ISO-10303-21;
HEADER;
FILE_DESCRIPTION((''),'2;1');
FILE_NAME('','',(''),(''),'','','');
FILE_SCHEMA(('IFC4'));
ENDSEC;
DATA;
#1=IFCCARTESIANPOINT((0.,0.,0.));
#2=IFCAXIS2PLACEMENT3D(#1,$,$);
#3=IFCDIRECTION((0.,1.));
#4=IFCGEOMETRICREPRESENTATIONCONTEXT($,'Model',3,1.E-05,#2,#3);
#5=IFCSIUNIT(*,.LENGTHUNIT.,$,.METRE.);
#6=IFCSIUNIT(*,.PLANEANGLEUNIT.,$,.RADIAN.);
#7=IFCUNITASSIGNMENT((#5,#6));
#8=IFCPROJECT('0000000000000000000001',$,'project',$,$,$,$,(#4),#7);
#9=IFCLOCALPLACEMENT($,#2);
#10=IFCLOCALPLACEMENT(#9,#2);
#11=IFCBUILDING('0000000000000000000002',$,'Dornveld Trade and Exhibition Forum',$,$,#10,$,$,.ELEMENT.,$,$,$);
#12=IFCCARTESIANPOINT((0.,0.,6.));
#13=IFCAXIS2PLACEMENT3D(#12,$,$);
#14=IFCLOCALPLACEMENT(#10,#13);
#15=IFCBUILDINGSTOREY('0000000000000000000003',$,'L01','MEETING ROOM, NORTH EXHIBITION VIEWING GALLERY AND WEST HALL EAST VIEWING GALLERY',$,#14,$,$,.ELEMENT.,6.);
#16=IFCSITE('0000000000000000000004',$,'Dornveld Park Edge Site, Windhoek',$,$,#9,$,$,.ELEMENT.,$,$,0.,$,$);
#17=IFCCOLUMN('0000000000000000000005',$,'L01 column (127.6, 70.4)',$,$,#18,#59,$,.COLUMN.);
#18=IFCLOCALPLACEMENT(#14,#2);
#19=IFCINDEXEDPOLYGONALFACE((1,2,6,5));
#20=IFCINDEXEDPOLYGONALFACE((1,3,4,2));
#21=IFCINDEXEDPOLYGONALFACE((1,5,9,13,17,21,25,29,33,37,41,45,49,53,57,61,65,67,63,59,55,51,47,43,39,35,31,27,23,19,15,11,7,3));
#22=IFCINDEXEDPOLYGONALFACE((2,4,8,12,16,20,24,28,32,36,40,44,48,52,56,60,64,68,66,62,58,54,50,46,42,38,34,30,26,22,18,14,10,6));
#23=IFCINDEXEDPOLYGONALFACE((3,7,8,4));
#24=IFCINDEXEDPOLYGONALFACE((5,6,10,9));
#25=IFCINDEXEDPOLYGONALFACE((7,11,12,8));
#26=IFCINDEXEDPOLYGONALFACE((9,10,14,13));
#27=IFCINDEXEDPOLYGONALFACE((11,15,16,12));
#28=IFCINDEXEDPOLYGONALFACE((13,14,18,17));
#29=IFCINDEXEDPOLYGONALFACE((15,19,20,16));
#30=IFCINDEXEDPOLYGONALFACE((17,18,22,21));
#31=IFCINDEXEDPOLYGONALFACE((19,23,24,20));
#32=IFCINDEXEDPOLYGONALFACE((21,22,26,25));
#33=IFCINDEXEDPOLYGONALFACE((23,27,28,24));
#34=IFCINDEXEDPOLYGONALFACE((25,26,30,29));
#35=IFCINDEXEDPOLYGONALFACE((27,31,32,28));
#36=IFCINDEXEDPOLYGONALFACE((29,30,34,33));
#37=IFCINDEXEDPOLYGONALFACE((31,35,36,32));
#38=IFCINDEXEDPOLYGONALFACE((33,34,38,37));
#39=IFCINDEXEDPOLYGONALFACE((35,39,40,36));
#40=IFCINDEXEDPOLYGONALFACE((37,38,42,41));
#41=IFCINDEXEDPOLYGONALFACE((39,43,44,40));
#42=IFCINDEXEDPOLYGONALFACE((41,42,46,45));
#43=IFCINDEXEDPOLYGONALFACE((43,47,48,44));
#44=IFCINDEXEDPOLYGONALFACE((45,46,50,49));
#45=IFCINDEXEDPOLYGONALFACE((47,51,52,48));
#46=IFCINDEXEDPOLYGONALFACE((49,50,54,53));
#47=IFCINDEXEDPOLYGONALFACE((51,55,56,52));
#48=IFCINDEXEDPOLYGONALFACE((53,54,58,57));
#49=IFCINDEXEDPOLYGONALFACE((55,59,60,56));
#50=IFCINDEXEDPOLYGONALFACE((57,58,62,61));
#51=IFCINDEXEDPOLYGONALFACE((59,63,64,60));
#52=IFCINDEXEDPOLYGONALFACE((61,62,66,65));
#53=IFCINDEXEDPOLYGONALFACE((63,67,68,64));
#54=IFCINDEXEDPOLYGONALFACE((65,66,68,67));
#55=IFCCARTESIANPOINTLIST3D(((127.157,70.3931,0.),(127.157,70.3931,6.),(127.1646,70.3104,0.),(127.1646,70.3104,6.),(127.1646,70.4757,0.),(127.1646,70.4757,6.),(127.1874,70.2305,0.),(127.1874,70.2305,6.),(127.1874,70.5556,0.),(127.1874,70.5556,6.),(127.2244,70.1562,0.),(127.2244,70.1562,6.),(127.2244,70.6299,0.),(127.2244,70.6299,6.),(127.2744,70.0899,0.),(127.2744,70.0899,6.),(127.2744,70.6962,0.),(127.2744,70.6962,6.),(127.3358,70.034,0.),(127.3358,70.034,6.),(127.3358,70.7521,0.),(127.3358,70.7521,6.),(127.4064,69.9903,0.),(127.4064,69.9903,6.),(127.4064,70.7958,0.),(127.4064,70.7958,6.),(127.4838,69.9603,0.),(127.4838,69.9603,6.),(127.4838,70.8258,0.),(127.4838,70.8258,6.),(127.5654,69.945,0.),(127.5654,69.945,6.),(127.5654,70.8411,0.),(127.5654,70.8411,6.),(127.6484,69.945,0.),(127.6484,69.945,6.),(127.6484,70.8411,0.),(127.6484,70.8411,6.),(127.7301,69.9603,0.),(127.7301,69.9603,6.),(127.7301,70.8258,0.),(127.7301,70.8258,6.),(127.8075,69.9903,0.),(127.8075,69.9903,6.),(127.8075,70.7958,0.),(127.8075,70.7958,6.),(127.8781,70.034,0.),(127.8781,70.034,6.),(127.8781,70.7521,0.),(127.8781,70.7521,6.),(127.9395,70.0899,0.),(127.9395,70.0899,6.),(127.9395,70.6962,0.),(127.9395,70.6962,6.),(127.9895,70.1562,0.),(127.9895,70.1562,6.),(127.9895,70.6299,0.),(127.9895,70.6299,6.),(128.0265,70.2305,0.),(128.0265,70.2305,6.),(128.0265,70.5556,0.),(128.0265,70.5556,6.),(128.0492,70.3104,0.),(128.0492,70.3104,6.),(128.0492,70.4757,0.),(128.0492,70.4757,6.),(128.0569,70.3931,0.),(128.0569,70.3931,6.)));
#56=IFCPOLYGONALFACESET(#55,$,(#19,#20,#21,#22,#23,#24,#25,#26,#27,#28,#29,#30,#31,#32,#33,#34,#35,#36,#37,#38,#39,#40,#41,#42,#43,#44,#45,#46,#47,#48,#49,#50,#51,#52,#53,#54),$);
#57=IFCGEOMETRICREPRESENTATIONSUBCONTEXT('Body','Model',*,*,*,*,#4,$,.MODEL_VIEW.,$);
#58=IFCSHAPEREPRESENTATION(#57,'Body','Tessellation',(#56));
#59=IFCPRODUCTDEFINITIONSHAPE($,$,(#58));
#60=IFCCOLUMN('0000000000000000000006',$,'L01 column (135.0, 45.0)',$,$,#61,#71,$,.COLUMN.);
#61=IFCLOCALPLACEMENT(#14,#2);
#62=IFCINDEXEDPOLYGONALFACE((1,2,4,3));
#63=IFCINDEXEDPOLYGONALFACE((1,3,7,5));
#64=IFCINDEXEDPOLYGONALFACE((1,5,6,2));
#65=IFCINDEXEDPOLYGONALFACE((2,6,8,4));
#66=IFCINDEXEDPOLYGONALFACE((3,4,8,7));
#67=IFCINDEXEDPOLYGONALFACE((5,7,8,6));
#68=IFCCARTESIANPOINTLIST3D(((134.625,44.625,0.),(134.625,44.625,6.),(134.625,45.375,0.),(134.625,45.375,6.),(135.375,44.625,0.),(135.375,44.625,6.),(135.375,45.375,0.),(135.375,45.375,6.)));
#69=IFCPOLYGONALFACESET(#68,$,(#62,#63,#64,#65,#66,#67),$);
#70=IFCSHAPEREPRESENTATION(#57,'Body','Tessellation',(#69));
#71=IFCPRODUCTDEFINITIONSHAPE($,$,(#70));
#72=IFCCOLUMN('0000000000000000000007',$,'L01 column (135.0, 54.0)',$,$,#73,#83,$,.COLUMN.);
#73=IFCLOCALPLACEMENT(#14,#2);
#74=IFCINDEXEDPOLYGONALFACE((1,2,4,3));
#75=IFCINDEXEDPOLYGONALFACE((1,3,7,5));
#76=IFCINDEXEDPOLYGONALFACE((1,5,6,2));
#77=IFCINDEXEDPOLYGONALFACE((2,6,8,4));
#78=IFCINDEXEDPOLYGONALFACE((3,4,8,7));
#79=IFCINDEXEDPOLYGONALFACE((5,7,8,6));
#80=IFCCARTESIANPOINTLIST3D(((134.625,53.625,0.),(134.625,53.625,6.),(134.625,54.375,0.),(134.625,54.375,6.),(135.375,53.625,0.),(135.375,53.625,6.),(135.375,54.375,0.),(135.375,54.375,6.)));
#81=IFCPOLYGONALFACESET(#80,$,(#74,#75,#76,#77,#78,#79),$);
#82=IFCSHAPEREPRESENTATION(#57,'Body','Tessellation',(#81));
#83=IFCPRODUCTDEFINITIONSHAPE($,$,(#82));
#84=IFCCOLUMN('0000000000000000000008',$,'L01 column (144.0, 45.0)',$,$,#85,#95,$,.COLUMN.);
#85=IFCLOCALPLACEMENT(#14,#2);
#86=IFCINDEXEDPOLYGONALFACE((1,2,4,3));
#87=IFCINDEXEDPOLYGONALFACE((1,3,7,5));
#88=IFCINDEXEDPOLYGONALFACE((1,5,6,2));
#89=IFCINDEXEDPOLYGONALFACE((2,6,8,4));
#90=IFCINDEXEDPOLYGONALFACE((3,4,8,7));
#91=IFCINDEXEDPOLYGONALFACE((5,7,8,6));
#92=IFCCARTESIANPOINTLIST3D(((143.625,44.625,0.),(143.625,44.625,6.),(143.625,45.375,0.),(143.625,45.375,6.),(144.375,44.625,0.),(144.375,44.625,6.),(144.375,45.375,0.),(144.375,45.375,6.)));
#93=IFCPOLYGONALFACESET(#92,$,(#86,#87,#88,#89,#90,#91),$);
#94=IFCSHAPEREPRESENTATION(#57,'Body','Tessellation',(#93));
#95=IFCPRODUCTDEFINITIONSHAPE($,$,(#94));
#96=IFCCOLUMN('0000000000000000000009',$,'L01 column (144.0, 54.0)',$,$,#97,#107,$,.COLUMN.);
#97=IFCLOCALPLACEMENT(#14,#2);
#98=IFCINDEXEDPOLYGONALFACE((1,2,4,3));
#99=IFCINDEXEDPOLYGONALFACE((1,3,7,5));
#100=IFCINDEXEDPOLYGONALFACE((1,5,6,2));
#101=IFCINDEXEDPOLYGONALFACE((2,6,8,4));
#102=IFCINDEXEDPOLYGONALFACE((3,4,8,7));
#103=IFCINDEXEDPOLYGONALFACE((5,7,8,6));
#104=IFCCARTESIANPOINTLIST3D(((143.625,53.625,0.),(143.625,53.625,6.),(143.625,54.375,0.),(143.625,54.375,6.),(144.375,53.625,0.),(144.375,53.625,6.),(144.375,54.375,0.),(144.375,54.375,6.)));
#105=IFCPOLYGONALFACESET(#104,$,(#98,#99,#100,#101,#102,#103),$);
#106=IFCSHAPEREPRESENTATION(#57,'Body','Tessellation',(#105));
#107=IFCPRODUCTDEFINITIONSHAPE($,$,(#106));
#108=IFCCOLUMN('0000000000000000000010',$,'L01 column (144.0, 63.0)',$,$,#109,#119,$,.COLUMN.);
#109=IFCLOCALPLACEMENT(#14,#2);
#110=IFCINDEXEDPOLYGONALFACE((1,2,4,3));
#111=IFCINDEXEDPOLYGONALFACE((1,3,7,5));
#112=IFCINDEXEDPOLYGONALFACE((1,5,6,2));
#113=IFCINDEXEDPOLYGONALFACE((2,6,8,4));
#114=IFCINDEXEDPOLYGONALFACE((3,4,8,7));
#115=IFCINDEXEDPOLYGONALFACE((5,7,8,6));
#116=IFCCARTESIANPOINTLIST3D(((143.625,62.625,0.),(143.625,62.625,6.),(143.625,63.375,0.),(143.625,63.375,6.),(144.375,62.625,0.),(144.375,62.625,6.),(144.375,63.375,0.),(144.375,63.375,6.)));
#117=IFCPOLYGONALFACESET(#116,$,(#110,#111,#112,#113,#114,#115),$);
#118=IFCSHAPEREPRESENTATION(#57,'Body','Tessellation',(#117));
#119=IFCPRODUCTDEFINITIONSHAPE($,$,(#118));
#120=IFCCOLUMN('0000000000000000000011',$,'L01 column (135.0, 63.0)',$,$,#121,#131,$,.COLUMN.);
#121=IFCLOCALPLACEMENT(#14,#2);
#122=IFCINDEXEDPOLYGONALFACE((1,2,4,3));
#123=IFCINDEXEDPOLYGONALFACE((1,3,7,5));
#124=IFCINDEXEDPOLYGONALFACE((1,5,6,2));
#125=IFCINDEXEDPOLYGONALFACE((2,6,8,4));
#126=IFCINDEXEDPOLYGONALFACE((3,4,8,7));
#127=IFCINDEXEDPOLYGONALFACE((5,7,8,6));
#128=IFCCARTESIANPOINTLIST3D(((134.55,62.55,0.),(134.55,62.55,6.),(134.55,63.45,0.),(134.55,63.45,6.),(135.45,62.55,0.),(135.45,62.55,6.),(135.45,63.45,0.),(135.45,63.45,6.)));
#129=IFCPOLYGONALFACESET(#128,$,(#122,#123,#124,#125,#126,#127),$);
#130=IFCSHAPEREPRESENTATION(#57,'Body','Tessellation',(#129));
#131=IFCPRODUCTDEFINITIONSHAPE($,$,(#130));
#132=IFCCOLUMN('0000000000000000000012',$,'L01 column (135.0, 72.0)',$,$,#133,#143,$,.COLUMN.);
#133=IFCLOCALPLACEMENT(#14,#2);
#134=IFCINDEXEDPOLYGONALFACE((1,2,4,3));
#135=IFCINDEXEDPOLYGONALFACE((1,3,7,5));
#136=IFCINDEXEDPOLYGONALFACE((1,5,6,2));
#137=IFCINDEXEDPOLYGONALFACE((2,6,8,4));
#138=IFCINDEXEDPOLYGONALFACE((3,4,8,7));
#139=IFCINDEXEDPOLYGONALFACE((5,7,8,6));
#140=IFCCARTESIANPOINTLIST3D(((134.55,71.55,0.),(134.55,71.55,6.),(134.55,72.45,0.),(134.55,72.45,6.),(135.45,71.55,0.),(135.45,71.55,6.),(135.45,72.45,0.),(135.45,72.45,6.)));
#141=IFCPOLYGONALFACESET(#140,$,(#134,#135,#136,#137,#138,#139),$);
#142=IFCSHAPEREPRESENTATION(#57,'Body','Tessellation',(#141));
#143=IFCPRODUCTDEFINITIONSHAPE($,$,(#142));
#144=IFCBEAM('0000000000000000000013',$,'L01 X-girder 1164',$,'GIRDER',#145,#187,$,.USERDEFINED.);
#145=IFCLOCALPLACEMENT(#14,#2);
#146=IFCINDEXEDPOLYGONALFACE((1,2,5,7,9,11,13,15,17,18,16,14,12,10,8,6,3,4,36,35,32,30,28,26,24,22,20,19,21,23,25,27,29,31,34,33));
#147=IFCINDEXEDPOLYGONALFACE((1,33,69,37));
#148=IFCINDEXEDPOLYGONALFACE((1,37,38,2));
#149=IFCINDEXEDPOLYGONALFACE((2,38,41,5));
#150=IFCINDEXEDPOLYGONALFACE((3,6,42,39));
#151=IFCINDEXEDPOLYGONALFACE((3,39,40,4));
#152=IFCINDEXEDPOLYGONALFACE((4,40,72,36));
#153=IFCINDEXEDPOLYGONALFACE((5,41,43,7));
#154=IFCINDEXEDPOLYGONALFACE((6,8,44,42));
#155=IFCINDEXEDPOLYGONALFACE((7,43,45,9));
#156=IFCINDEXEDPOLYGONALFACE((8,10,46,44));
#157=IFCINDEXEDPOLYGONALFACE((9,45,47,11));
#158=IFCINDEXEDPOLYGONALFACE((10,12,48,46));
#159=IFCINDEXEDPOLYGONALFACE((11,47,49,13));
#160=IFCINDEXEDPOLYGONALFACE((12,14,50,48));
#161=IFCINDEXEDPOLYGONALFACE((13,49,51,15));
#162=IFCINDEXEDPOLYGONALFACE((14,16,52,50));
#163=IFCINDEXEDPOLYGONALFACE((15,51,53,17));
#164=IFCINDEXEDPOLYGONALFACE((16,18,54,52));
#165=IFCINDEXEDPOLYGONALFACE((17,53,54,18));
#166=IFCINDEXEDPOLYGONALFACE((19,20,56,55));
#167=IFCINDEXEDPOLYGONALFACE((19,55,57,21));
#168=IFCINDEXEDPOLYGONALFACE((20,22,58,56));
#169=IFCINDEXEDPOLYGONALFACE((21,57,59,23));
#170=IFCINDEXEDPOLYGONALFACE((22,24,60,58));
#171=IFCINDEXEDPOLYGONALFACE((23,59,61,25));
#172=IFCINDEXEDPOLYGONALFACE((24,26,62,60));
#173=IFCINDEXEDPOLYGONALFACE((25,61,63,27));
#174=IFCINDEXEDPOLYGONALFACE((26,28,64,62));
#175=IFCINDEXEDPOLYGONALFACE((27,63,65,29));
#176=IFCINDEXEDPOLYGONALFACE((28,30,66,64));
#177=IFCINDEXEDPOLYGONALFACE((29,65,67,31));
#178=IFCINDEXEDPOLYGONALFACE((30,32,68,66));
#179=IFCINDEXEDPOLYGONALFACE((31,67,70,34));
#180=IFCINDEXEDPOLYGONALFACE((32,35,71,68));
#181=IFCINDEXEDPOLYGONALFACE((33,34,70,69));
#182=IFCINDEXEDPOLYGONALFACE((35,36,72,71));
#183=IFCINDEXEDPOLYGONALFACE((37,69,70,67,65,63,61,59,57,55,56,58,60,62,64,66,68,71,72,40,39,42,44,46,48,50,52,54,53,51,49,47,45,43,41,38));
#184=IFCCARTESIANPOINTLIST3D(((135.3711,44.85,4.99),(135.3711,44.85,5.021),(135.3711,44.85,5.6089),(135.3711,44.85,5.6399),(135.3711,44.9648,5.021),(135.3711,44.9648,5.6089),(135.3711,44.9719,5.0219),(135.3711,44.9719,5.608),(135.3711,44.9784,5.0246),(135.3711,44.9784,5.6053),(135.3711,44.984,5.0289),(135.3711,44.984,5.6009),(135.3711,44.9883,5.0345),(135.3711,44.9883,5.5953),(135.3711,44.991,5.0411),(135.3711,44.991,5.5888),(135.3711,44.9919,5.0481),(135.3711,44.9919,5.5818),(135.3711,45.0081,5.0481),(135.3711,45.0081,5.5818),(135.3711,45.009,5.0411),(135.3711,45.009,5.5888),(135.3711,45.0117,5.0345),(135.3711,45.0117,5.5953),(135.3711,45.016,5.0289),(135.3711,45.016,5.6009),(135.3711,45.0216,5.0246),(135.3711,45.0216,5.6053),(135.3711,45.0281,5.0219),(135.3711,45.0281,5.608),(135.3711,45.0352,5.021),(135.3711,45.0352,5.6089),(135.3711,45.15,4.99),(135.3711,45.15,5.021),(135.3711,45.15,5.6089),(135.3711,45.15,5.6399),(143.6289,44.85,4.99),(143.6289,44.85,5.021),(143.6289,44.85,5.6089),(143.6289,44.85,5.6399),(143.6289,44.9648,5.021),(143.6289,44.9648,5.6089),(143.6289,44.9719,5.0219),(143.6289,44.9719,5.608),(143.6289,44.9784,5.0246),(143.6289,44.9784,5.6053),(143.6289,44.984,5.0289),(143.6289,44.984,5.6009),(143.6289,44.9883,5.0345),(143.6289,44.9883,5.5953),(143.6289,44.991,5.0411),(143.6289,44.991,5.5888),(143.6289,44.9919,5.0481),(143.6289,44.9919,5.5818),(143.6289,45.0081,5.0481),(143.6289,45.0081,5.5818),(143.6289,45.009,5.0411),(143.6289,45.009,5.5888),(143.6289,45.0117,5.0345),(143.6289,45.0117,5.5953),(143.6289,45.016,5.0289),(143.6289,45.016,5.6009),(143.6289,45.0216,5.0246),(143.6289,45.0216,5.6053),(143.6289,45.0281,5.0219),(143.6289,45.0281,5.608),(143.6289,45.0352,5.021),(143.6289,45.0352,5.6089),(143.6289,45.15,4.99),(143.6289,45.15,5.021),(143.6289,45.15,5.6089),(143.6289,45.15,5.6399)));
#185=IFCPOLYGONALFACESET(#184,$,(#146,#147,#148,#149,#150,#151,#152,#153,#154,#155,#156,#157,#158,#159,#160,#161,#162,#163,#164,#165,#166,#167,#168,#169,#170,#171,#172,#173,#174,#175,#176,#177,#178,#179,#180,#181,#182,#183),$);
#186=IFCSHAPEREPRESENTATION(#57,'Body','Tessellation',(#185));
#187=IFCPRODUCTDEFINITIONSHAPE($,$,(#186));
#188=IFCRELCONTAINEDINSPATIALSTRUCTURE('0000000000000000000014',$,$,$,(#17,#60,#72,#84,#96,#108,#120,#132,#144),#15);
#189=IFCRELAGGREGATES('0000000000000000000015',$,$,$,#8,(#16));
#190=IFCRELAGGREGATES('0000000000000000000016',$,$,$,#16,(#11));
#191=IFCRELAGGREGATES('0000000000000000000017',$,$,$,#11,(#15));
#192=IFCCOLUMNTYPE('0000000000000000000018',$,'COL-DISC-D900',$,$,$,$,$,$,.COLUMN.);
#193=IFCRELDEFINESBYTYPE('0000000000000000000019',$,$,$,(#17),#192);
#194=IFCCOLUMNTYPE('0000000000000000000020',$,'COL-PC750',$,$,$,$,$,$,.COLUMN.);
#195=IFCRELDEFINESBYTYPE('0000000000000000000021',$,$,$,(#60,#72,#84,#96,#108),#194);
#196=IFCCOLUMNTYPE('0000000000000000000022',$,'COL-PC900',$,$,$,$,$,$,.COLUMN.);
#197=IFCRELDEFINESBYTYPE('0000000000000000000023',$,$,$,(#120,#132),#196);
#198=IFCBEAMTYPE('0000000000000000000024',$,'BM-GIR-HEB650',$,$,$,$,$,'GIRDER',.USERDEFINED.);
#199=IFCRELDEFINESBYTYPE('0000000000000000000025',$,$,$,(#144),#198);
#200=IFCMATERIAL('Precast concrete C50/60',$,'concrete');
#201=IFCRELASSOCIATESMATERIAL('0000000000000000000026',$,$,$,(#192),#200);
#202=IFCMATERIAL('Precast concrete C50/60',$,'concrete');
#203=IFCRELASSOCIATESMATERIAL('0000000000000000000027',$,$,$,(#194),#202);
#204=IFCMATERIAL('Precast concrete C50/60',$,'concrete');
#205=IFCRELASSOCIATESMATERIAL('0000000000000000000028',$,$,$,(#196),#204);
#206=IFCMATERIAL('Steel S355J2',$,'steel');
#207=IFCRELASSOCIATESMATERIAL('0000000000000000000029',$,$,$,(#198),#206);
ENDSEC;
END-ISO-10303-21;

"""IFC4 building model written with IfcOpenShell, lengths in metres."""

from ifc_helpers import new_model, si_unit, direction, frame, origin, origin_2d, place, context, subcontext, project, spatial, rectangle, circle, i_section, extrude, material, material_profile, profile_set, type_object, element, save


model = new_model("IFC4")

# Units and contexts
model_context = context("Model", 3, precision=1e-05, world=origin(), true_north=direction((0.0, 1.0)))
body_context = subcontext(model_context, "Body", "Model", "MODEL_VIEW")
ifc_project = project(units=[si_unit("LENGTHUNIT", "METRE"), si_unit("PLANEANGLEUNIT", "RADIAN")], contexts=[model_context])

# Site, building, storey
site_placement = place(None, origin())
site = spatial("IfcSite", under=ifc_project, at=site_placement, Name="Dornveld Park Edge Site, Windhoek", CompositionType="ELEMENT", RefElevation=0.0)
building_placement = place(site_placement, origin())
building = spatial("IfcBuilding", under=site, at=building_placement, Name="Dornveld Trade and Exhibition Forum", CompositionType="ELEMENT")
storey_placement = place(building_placement, frame((0.0, 0.0, 6.0)))
storey = spatial("IfcBuildingStorey", under=building, at=storey_placement, Name="L01", Description="MEETING ROOM, NORTH EXHIBITION VIEWING GALLERY AND WEST HALL EAST VIEWING GALLERY", CompositionType="ELEMENT", Elevation=6.0)

# Columns
ifc_material_1 = material(Name="Precast concrete C50/60", Category="concrete")
ifc_material_profile_1 = material_profile(ifc_material_1, circle(Radius=0.45, at=origin_2d()), Name="PC-COL D900")
ifc_profile_set_1 = profile_set([ifc_material_profile_1], Name="Precast concrete C50/60")
column_type_1 = type_object("IfcColumnType", Name="COL-DISC-D900", PredefinedType="COLUMN", material=ifc_profile_set_1)
column_placement = place(storey_placement, frame((127.6069, 70.3931, 0.0), z_axis=(0.0, 0.0, 1.0), x_axis=(1.0, 0.0, 0.0)))
element("IfcColumn", 1, at=column_placement, inside=storey, type_object=column_type_1, Name="L01 column (127.6, 70.4)", PredefinedType="COLUMN", context=body_context, shape_type="SweptSolid", body=[
    extrude(circle(Radius=0.45, at=origin_2d()), origin(), (0.0, 0.0, 1.0), 6.0),
])
ifc_material_2 = material(Name="Precast concrete C50/60", Category="concrete")
ifc_material_profile_2 = material_profile(ifc_material_2, rectangle(XDim=0.75, YDim=0.75, at=origin_2d()), Name="PC-COL 750x750")
ifc_profile_set_2 = profile_set([ifc_material_profile_2], Name="Precast concrete C50/60")
column_type_2 = type_object("IfcColumnType", Name="COL-PC750", PredefinedType="COLUMN", material=ifc_profile_set_2)
for number, where, z_axis, x_axis, name in (
    (2, (135.0, 45.0, 0.0), (0.0, 0.0, 1.0), (1.0, 0.0, 0.0), "L01 column (135.0, 45.0)"),
    (3, (135.0, 54.0, 0.0), (0.0, 0.0, 1.0), (1.0, 0.0, 0.0), "L01 column (135.0, 54.0)"),
    (4, (144.0, 45.0, 0.0), (0.0, 0.0, 1.0), (1.0, 0.0, 0.0), "L01 column (144.0, 45.0)"),
    (5, (144.0, 54.0, 0.0), (0.0, 0.0, 1.0), (1.0, 0.0, 0.0), "L01 column (144.0, 54.0)"),
    (6, (144.0, 63.0, 0.0), (0.0, 0.0, 1.0), (1.0, 0.0, 0.0), "L01 column (144.0, 63.0)"),
):
    element("IfcColumn", number, at=place(storey_placement, frame(where, z_axis=z_axis, x_axis=x_axis)), inside=storey, type_object=column_type_2, Name=name, PredefinedType="COLUMN", context=body_context, shape_type="SweptSolid", body=[
        extrude(rectangle(XDim=0.75, YDim=0.75, at=origin_2d()), origin(), (0.0, 0.0, 1.0), 6.0),
    ])
ifc_material_3 = material(Name="Precast concrete C50/60", Category="concrete")
ifc_material_profile_3 = material_profile(ifc_material_3, rectangle(XDim=0.8999, YDim=0.8999, at=origin_2d()), Name="PC-COL 900x900")
ifc_profile_set_3 = profile_set([ifc_material_profile_3], Name="Precast concrete C50/60")
column_type_3 = type_object("IfcColumnType", Name="COL-PC900", PredefinedType="COLUMN", material=ifc_profile_set_3)
for number, where, z_axis, x_axis, name in (
    (7, (135.0, 63.0, 0.0), (0.0, 0.0, 1.0), (1.0, 0.0, 0.0), "L01 column (135.0, 63.0)"),
    (8, (135.0, 72.0, 0.0), (0.0, 0.0, 1.0), (1.0, 0.0, 0.0), "L01 column (135.0, 72.0)"),
):
    element("IfcColumn", number, at=place(storey_placement, frame(where, z_axis=z_axis, x_axis=x_axis)), inside=storey, type_object=column_type_3, Name=name, PredefinedType="COLUMN", context=body_context, shape_type="SweptSolid", body=[
        extrude(rectangle(XDim=0.8999, YDim=0.8999, at=origin_2d()), origin(), (0.0, 0.0, 1.0), 6.0),
    ])

# Beam
ifc_material_4 = material(Name="Steel S355J2", Category="steel")
ifc_material_profile_4 = material_profile(ifc_material_4, i_section(OverallWidth=0.3, OverallDepth=0.6499, WebThickness=0.0161, FlangeThickness=0.031, FilletRadius=0.0271, at=origin_2d()), Name="HEB 650")
ifc_profile_set_4 = profile_set([ifc_material_profile_4], Name="Steel S355J2")
beam_type_1 = type_object("IfcBeamType", Name="BM-GIR-HEB650", ElementType="GIRDER", PredefinedType="USERDEFINED", material=ifc_profile_set_4)
for number, where, z_axis, x_axis, name in (
    (9, (135.3711, 45.0, 5.3149), (1.0, 0.0, 0.0), (0.0, 1.0, 0.0), "L01 X-girder 1164"),
):
    element("IfcBeam", number, at=place(storey_placement, frame(where, z_axis=z_axis, x_axis=x_axis)), inside=storey, type_object=beam_type_1, Name=name, ObjectType="GIRDER", PredefinedType="USERDEFINED", context=body_context, shape_type="SweptSolid", body=[
        extrude(i_section(OverallWidth=0.3, OverallDepth=0.6499, WebThickness=0.0161, FlangeThickness=0.031, FilletRadius=0.0271, at=origin_2d()), origin(), (0.0, 0.0, 1.0), 8.2578),
    ])

save(model, "model.ifc")
